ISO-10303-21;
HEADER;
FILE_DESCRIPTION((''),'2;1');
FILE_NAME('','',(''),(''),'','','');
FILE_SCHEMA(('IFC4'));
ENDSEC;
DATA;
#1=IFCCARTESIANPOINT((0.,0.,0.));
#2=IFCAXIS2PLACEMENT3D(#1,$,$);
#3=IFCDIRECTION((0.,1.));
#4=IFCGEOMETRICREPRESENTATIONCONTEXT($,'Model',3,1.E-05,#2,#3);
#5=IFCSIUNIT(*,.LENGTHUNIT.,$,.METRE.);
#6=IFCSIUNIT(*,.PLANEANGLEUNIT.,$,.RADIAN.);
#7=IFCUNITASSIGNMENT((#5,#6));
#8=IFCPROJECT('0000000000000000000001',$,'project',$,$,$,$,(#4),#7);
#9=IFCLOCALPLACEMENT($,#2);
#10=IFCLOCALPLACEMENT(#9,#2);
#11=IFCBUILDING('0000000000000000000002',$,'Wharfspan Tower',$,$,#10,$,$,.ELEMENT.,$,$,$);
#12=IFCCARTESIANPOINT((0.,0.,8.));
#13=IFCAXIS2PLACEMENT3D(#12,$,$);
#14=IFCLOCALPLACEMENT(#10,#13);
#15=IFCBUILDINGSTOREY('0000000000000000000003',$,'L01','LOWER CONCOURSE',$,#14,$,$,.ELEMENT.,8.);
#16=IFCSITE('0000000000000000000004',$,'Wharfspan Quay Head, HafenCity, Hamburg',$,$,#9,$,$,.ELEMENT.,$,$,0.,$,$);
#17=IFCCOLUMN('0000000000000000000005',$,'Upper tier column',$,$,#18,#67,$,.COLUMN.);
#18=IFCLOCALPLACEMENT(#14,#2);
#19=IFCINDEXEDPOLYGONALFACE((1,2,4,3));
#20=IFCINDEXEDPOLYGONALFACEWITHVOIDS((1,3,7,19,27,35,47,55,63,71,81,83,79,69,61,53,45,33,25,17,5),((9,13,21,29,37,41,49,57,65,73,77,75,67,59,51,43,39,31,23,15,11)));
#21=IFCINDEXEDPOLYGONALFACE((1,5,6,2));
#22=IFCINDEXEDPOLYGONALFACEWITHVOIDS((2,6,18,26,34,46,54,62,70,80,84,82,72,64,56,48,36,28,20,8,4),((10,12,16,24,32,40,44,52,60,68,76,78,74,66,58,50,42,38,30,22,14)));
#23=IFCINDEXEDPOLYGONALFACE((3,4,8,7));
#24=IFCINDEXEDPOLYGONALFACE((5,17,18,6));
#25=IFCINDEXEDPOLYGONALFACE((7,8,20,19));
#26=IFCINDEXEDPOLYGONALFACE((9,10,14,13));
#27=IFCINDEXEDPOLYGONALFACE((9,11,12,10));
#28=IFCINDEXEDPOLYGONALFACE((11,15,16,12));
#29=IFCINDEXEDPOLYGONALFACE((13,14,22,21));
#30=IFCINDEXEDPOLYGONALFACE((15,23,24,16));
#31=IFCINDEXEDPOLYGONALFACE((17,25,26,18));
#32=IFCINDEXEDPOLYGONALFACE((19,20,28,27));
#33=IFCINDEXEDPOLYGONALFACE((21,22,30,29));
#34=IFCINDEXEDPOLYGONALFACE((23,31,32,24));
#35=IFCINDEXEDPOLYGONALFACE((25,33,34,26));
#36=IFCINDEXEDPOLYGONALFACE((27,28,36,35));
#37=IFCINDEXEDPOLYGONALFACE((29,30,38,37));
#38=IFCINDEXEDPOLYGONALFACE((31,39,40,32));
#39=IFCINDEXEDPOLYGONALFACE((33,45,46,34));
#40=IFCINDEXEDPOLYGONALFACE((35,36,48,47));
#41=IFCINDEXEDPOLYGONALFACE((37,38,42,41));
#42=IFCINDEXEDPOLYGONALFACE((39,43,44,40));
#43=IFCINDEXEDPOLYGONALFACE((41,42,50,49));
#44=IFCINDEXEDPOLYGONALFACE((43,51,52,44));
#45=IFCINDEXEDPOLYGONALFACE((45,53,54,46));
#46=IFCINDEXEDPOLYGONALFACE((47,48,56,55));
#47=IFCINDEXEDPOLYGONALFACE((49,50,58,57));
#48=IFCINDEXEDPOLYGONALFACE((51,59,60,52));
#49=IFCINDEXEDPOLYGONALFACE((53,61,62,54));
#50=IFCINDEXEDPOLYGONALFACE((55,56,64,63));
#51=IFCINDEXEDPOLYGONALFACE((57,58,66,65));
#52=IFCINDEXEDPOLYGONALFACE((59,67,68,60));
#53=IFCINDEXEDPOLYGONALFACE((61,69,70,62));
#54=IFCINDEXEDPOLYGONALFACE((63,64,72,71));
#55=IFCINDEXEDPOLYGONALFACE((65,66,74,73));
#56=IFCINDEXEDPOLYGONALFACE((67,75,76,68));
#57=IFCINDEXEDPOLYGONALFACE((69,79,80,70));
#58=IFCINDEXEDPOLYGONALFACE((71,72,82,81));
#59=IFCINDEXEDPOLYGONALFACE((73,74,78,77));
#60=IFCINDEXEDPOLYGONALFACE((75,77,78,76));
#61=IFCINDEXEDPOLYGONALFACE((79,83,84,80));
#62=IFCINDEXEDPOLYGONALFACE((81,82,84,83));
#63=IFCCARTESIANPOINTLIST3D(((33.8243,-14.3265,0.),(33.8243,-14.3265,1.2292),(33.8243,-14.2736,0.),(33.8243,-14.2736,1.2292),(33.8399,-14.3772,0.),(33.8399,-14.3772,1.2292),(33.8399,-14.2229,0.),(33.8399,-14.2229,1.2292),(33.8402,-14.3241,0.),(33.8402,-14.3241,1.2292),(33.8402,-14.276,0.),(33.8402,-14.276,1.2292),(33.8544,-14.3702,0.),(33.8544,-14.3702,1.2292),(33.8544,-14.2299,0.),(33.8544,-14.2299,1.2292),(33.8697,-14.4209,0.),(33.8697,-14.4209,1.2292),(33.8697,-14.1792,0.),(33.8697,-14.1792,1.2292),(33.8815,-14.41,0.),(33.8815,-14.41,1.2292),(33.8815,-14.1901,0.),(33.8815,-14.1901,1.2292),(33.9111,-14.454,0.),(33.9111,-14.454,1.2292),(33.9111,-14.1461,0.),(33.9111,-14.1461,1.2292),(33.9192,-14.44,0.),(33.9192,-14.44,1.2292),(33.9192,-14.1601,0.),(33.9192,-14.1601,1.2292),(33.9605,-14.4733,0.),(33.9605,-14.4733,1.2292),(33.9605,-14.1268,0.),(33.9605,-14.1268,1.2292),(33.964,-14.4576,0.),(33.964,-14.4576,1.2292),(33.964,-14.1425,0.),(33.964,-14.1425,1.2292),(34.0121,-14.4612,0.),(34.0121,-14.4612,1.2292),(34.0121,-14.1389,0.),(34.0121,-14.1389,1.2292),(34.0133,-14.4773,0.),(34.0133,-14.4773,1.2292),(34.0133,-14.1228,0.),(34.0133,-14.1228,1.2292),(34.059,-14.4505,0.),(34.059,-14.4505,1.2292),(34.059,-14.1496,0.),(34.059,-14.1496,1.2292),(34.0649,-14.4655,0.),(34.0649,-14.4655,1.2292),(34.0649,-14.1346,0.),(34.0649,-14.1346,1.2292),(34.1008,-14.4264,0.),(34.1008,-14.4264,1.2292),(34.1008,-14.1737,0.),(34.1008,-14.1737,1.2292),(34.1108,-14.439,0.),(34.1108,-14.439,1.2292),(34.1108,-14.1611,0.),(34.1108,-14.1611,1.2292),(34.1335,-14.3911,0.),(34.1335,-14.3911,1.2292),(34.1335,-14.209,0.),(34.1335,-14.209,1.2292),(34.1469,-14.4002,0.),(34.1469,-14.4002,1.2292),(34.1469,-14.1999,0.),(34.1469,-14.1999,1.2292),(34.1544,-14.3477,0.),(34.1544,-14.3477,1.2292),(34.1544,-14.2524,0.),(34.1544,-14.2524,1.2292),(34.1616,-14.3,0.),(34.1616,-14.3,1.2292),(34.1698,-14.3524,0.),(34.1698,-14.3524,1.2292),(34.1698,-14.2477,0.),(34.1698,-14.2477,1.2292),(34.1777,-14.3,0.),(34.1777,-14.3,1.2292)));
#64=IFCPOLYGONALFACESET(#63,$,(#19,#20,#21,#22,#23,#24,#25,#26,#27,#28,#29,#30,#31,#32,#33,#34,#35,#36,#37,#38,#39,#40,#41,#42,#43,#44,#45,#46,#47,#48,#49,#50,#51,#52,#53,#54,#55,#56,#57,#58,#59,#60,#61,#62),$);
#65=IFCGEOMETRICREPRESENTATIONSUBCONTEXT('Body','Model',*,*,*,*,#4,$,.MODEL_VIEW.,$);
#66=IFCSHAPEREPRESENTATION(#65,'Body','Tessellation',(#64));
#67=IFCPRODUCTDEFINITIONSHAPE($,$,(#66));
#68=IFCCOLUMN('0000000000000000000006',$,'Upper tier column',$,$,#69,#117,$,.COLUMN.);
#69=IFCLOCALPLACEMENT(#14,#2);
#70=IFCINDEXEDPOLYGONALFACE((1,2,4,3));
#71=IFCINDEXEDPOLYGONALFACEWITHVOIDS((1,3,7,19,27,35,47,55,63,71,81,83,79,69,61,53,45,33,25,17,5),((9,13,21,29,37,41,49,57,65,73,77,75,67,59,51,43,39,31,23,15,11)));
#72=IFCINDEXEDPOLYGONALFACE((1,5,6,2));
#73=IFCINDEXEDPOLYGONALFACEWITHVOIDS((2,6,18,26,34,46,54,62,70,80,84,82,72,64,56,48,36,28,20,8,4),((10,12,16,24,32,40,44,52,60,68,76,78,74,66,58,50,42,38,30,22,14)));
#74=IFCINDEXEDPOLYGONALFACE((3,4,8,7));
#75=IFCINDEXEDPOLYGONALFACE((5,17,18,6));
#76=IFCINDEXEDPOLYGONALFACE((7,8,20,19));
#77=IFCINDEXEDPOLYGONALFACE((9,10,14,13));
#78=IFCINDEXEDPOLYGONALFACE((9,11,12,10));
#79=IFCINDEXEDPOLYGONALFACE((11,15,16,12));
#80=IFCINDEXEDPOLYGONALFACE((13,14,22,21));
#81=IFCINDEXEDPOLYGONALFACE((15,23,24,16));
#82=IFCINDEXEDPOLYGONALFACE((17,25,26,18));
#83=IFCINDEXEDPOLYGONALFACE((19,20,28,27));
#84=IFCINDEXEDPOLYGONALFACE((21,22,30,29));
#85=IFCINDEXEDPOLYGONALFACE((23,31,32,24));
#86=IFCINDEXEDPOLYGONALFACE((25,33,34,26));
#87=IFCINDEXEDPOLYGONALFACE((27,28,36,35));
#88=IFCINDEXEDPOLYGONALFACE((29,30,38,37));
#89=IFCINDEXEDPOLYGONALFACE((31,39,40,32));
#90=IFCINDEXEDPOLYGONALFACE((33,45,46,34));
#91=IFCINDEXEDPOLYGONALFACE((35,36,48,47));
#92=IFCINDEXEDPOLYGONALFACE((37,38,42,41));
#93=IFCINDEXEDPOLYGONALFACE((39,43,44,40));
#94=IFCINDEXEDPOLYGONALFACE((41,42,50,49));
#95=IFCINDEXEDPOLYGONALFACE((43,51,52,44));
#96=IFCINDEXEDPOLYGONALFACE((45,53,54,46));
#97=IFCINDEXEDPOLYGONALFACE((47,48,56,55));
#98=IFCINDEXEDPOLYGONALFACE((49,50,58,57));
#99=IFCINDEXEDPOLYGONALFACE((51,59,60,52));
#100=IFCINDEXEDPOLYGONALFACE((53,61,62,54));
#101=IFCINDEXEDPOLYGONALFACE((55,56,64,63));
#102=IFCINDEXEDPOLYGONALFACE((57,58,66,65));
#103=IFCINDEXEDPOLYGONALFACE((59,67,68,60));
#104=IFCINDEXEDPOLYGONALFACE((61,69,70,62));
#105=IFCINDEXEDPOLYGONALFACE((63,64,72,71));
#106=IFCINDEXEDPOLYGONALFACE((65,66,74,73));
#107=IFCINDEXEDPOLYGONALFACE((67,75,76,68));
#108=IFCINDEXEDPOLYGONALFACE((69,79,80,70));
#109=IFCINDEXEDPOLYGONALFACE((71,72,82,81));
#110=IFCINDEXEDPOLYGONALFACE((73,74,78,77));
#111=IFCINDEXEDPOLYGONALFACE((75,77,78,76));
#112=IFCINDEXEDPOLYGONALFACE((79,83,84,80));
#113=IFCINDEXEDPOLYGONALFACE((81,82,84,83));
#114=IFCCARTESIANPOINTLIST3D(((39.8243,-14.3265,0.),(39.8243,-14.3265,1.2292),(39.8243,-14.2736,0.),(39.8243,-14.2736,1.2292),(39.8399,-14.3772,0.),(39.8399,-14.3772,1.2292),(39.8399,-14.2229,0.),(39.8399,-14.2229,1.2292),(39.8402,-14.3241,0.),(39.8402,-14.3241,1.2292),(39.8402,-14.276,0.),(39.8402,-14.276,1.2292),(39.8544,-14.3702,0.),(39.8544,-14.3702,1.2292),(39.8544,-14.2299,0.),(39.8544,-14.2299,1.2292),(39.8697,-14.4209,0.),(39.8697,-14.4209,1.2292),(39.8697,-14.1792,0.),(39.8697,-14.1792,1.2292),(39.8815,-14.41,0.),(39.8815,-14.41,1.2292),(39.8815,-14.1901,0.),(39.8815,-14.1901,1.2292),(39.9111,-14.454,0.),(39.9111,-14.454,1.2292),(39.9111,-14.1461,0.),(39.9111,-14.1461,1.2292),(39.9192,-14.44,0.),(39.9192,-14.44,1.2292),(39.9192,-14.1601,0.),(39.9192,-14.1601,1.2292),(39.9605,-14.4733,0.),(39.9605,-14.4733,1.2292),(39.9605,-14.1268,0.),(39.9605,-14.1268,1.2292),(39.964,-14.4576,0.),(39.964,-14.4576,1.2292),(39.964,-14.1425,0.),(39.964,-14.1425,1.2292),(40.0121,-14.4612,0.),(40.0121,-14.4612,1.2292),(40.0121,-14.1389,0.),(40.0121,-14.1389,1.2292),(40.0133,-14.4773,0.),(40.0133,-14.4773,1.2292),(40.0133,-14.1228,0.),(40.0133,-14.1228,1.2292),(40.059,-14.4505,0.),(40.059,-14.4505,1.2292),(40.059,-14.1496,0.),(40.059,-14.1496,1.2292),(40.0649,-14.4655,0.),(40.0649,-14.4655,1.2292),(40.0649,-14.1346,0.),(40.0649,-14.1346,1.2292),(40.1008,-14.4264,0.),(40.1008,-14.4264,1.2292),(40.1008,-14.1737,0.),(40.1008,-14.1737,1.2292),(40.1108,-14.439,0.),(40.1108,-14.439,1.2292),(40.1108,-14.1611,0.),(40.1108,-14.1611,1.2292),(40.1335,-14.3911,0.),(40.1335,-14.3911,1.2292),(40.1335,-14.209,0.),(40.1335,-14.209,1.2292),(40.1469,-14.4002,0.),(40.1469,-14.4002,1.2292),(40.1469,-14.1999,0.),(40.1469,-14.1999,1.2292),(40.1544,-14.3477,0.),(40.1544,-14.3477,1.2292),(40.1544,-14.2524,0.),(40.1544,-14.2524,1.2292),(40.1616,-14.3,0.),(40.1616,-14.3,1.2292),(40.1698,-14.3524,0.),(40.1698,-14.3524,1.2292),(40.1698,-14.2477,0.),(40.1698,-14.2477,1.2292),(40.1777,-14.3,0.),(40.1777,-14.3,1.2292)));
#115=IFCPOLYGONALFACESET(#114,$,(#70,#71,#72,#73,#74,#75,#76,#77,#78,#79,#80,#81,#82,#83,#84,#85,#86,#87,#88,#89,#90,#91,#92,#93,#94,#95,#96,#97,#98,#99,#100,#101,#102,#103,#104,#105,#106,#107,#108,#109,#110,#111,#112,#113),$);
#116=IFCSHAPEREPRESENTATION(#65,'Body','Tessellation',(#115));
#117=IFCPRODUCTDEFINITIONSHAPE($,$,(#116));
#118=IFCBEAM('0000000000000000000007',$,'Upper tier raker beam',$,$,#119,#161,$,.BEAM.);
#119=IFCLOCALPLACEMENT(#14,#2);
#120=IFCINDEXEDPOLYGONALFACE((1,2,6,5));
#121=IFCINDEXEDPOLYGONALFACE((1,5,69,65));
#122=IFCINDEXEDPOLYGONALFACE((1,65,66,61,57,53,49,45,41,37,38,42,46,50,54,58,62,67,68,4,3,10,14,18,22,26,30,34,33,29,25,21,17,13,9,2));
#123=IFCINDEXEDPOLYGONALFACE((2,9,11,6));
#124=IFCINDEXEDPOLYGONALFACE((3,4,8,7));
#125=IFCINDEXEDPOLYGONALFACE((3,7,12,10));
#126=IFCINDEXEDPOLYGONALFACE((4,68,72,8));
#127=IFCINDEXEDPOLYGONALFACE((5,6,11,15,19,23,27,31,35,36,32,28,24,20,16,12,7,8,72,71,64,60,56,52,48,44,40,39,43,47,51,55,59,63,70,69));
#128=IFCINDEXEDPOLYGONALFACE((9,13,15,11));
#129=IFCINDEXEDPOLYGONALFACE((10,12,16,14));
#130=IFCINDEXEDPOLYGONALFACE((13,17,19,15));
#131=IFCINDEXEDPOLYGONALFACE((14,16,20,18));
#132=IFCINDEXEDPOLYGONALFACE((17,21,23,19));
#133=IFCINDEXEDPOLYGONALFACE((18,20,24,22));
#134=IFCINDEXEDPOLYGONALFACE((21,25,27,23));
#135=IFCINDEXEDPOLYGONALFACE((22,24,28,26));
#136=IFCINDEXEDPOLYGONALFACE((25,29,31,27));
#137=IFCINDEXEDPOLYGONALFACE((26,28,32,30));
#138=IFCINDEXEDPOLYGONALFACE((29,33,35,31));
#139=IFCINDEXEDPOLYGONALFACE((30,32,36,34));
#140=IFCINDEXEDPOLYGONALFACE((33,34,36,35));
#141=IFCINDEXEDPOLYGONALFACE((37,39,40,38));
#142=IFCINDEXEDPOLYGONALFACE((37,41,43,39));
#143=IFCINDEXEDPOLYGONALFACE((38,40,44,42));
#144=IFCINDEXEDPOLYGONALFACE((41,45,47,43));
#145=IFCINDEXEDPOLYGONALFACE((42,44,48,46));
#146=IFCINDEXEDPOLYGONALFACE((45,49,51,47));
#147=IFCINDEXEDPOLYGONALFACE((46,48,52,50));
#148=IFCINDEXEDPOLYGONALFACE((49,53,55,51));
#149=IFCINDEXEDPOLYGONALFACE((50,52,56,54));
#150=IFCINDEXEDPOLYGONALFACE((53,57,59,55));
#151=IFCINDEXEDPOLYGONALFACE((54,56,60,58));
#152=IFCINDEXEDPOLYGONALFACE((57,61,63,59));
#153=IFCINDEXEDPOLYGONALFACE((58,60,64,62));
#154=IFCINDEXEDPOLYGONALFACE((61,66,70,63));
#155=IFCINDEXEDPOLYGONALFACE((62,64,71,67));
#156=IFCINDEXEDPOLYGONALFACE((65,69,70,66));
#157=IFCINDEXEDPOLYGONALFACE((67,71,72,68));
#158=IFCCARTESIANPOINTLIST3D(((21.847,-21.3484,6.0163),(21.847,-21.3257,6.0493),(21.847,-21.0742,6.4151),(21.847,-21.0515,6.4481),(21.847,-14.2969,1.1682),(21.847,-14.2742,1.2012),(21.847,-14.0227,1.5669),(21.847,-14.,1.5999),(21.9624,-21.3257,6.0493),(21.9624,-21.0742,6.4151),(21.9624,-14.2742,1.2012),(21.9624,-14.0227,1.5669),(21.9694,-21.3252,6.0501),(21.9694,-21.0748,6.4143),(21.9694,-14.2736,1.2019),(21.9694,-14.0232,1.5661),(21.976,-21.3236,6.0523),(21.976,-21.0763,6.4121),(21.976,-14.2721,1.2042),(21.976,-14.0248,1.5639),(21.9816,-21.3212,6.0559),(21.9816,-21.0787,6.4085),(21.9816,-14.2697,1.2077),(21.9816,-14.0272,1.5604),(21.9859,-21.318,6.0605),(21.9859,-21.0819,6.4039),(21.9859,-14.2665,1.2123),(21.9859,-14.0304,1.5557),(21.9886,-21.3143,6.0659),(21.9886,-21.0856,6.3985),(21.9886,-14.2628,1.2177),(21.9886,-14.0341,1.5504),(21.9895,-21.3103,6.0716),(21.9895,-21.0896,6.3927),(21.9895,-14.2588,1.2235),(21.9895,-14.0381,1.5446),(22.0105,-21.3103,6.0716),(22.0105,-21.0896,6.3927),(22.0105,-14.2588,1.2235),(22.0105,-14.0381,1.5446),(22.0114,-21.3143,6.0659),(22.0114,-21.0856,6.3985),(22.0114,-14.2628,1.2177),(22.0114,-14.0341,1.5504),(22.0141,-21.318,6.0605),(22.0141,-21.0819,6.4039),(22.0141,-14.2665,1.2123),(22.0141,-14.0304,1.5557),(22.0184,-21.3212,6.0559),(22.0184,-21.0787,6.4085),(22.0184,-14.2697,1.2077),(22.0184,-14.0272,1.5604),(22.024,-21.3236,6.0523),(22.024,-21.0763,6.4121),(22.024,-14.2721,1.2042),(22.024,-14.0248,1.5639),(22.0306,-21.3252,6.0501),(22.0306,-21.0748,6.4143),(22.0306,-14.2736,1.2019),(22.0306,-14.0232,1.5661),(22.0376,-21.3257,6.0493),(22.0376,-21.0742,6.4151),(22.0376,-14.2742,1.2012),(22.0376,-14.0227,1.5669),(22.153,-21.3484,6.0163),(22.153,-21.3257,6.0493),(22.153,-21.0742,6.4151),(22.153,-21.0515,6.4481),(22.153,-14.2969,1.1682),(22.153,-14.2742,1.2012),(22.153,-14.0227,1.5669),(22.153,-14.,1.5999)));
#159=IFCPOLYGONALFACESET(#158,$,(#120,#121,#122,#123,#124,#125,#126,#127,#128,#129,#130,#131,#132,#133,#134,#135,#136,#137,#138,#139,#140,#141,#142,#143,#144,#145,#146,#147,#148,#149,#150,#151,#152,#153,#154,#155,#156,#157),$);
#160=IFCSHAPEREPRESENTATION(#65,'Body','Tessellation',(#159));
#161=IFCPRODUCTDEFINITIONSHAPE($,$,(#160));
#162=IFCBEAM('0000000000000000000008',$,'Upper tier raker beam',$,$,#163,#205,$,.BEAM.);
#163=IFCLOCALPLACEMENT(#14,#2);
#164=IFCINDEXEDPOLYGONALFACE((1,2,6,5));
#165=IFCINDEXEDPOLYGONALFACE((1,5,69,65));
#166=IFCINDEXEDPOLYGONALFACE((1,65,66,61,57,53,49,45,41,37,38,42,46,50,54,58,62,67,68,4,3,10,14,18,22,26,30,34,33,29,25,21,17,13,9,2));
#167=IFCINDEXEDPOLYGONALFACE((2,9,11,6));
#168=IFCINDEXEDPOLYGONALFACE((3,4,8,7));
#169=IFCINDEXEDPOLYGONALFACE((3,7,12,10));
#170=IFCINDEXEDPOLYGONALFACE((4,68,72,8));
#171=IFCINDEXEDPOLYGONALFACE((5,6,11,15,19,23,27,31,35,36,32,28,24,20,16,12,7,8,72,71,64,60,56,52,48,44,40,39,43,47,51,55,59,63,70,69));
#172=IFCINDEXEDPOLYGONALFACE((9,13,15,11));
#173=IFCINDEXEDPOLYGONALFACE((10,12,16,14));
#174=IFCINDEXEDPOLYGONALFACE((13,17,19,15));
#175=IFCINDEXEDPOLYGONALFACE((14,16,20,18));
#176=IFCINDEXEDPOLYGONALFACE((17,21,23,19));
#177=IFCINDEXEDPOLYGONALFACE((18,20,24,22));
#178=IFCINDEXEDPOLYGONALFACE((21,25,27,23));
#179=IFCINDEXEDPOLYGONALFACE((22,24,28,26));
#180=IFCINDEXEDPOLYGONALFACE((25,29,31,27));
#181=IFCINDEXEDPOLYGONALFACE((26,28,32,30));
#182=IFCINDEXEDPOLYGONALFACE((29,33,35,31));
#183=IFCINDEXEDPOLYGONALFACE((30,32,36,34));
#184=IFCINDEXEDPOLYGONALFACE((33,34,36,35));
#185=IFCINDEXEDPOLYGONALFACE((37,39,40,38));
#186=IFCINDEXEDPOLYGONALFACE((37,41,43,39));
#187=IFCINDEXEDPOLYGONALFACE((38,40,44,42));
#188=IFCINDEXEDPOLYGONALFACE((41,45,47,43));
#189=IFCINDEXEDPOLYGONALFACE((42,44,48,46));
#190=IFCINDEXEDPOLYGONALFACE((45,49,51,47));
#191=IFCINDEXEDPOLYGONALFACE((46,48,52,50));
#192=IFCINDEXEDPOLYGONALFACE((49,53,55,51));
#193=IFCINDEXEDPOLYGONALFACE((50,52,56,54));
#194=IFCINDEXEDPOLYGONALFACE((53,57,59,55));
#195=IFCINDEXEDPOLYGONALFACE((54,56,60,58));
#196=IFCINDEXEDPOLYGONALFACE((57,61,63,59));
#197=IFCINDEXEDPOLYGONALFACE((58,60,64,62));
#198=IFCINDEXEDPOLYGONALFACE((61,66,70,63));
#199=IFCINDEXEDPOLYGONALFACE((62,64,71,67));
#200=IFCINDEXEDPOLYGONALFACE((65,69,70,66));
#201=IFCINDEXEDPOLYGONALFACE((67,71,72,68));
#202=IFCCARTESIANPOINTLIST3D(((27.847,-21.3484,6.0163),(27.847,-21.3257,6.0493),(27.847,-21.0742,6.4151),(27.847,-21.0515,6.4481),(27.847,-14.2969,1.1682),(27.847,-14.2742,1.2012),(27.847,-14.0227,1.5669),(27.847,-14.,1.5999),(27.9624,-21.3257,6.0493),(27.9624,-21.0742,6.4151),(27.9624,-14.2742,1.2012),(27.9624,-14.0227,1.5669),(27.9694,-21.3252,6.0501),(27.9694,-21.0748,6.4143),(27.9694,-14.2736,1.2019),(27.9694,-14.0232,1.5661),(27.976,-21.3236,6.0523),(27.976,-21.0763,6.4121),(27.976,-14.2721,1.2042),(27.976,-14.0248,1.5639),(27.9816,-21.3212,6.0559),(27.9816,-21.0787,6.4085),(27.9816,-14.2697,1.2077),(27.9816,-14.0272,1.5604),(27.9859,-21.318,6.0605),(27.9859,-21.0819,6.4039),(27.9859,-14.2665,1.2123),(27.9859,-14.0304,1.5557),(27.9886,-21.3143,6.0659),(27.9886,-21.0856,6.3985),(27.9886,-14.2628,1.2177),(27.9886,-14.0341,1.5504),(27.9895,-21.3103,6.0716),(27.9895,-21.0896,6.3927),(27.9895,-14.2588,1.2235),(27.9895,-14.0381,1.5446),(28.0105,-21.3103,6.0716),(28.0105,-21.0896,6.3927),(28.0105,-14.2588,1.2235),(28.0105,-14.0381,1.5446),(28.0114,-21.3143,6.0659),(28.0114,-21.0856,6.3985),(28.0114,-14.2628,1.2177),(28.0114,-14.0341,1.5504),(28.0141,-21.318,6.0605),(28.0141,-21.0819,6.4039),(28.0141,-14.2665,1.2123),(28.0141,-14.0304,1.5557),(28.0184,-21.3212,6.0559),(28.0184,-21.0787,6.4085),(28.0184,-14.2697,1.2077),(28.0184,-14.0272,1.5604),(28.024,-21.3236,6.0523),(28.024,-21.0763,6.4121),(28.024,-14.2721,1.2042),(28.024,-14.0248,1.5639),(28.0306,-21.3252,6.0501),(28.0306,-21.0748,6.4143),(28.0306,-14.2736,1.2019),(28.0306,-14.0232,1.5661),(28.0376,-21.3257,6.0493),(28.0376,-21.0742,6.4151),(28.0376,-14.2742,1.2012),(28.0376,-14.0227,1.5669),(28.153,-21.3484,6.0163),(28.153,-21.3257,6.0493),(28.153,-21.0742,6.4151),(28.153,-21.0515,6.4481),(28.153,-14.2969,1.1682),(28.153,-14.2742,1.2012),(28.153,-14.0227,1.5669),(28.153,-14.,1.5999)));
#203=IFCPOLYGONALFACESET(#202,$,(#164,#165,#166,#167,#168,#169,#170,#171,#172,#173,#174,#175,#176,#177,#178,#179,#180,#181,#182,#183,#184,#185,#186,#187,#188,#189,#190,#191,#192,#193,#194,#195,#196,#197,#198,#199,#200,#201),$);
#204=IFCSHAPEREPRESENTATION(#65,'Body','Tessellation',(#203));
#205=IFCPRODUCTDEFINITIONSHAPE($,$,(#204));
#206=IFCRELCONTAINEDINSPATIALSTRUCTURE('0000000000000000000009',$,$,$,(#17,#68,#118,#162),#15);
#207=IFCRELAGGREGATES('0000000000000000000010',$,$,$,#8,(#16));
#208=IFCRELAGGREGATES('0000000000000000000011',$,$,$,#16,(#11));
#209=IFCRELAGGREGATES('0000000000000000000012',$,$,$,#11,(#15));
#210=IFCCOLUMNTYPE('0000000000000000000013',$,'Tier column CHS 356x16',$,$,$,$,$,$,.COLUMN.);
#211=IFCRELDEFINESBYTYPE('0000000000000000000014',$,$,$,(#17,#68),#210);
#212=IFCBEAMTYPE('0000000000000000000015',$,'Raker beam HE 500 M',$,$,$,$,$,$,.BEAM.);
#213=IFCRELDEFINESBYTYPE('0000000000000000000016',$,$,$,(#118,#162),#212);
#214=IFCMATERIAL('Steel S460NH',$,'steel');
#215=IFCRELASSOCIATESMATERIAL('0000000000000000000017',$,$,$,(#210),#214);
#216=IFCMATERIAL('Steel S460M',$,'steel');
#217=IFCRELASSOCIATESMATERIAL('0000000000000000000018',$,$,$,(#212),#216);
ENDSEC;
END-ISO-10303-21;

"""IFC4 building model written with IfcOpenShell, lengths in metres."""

from ifc_helpers import new_model, si_unit, direction, frame, origin, origin_2d, place, context, subcontext, project, spatial, hollow_circle, i_section, extrude, material, material_profile, profile_set, type_object, element, save


model = new_model("IFC4")

# Units and contexts
model_context = context("Model", 3, precision=1e-05, world=origin(), true_north=direction((0.0, 1.0)))
body_context = subcontext(model_context, "Body", "Model", "MODEL_VIEW")
ifc_project = project(units=[si_unit("LENGTHUNIT", "METRE"), si_unit("PLANEANGLEUNIT", "RADIAN")], contexts=[model_context])

# Site, building, storey
site_placement = place(None, origin())
site = spatial("IfcSite", under=ifc_project, at=site_placement, Name="Wharfspan Quay Head, HafenCity, Hamburg", CompositionType="ELEMENT", RefElevation=0.0)
building_placement = place(site_placement, origin())
building = spatial("IfcBuilding", under=site, at=building_placement, Name="Wharfspan Tower", CompositionType="ELEMENT")
storey_placement = place(building_placement, frame((0.0, 0.0, 8.0)))
storey = spatial("IfcBuildingStorey", under=building, at=storey_placement, Name="L01", Description="LOWER CONCOURSE", CompositionType="ELEMENT", Elevation=8.0)

# Columns
ifc_material_1 = material(Name="Steel S460NH", Category="steel")
ifc_material_profile_1 = material_profile(ifc_material_1, hollow_circle(Radius=0.1777, WallThickness=0.0161, at=origin_2d()))
ifc_profile_set_1 = profile_set([ifc_material_profile_1], Name="Steel S460NH")
column_type_1 = type_object("IfcColumnType", Name="Tier column CHS 356x16", PredefinedType="COLUMN", material=ifc_profile_set_1)
for number, where, z_axis, x_axis, name in (
    (1, (34.0, -14.3, 0.0), (0.0, 0.0, 1.0), (1.0, 0.0, 0.0), "Upper tier column"),
    (2, (40.0, -14.3, 0.0), (0.0, 0.0, 1.0), (1.0, 0.0, 0.0), "Upper tier column"),
):
    element("IfcColumn", number, at=place(storey_placement, frame(where, z_axis=z_axis, x_axis=x_axis)), inside=storey, type_object=column_type_1, Name=name, PredefinedType="COLUMN", context=body_context, shape_type="SweptSolid", body=[
        extrude(hollow_circle(Radius=0.1777, WallThickness=0.0161, at=origin_2d()), origin(), (0.0, 0.0, 1.0), 1.2292),
    ])

# Beams
ifc_material_2 = material(Name="Steel S460M", Category="steel")
ifc_material_profile_2 = material_profile(ifc_material_2, i_section(OverallWidth=0.3059, OverallDepth=0.5239, WebThickness=0.021, FlangeThickness=0.04, FilletRadius=0.0271, at=origin_2d()))
ifc_profile_set_2 = profile_set([ifc_material_profile_2], Name="Steel S460M")
beam_type_1 = type_object("IfcBeamType", Name="Raker beam HE 500 M", PredefinedType="BEAM", material=ifc_profile_set_2)
for number, where, z_axis, x_axis, name in (
    (3, (22.0, -14.1484, 1.384), (0.0, -0.824029, 0.566547), (1.0, 0.0, 0.0), "Upper tier raker beam"),
    (4, (28.0, -14.1484, 1.384), (0.0, -0.824029, 0.566547), (1.0, 0.0, 0.0), "Upper tier raker beam"),
):
    element("IfcBeam", number, at=place(storey_placement, frame(where, z_axis=z_axis, x_axis=x_axis)), inside=storey, type_object=beam_type_1, Name=name, PredefinedType="BEAM", context=body_context, shape_type="SweptSolid", body=[
        extrude(i_section(OverallWidth=0.3059, OverallDepth=0.5239, WebThickness=0.021, FlangeThickness=0.04, FilletRadius=0.0271, at=origin_2d()), origin(), (0.0, 0.0, 1.0), 8.5574),
    ])

save(model, "model.ifc")
